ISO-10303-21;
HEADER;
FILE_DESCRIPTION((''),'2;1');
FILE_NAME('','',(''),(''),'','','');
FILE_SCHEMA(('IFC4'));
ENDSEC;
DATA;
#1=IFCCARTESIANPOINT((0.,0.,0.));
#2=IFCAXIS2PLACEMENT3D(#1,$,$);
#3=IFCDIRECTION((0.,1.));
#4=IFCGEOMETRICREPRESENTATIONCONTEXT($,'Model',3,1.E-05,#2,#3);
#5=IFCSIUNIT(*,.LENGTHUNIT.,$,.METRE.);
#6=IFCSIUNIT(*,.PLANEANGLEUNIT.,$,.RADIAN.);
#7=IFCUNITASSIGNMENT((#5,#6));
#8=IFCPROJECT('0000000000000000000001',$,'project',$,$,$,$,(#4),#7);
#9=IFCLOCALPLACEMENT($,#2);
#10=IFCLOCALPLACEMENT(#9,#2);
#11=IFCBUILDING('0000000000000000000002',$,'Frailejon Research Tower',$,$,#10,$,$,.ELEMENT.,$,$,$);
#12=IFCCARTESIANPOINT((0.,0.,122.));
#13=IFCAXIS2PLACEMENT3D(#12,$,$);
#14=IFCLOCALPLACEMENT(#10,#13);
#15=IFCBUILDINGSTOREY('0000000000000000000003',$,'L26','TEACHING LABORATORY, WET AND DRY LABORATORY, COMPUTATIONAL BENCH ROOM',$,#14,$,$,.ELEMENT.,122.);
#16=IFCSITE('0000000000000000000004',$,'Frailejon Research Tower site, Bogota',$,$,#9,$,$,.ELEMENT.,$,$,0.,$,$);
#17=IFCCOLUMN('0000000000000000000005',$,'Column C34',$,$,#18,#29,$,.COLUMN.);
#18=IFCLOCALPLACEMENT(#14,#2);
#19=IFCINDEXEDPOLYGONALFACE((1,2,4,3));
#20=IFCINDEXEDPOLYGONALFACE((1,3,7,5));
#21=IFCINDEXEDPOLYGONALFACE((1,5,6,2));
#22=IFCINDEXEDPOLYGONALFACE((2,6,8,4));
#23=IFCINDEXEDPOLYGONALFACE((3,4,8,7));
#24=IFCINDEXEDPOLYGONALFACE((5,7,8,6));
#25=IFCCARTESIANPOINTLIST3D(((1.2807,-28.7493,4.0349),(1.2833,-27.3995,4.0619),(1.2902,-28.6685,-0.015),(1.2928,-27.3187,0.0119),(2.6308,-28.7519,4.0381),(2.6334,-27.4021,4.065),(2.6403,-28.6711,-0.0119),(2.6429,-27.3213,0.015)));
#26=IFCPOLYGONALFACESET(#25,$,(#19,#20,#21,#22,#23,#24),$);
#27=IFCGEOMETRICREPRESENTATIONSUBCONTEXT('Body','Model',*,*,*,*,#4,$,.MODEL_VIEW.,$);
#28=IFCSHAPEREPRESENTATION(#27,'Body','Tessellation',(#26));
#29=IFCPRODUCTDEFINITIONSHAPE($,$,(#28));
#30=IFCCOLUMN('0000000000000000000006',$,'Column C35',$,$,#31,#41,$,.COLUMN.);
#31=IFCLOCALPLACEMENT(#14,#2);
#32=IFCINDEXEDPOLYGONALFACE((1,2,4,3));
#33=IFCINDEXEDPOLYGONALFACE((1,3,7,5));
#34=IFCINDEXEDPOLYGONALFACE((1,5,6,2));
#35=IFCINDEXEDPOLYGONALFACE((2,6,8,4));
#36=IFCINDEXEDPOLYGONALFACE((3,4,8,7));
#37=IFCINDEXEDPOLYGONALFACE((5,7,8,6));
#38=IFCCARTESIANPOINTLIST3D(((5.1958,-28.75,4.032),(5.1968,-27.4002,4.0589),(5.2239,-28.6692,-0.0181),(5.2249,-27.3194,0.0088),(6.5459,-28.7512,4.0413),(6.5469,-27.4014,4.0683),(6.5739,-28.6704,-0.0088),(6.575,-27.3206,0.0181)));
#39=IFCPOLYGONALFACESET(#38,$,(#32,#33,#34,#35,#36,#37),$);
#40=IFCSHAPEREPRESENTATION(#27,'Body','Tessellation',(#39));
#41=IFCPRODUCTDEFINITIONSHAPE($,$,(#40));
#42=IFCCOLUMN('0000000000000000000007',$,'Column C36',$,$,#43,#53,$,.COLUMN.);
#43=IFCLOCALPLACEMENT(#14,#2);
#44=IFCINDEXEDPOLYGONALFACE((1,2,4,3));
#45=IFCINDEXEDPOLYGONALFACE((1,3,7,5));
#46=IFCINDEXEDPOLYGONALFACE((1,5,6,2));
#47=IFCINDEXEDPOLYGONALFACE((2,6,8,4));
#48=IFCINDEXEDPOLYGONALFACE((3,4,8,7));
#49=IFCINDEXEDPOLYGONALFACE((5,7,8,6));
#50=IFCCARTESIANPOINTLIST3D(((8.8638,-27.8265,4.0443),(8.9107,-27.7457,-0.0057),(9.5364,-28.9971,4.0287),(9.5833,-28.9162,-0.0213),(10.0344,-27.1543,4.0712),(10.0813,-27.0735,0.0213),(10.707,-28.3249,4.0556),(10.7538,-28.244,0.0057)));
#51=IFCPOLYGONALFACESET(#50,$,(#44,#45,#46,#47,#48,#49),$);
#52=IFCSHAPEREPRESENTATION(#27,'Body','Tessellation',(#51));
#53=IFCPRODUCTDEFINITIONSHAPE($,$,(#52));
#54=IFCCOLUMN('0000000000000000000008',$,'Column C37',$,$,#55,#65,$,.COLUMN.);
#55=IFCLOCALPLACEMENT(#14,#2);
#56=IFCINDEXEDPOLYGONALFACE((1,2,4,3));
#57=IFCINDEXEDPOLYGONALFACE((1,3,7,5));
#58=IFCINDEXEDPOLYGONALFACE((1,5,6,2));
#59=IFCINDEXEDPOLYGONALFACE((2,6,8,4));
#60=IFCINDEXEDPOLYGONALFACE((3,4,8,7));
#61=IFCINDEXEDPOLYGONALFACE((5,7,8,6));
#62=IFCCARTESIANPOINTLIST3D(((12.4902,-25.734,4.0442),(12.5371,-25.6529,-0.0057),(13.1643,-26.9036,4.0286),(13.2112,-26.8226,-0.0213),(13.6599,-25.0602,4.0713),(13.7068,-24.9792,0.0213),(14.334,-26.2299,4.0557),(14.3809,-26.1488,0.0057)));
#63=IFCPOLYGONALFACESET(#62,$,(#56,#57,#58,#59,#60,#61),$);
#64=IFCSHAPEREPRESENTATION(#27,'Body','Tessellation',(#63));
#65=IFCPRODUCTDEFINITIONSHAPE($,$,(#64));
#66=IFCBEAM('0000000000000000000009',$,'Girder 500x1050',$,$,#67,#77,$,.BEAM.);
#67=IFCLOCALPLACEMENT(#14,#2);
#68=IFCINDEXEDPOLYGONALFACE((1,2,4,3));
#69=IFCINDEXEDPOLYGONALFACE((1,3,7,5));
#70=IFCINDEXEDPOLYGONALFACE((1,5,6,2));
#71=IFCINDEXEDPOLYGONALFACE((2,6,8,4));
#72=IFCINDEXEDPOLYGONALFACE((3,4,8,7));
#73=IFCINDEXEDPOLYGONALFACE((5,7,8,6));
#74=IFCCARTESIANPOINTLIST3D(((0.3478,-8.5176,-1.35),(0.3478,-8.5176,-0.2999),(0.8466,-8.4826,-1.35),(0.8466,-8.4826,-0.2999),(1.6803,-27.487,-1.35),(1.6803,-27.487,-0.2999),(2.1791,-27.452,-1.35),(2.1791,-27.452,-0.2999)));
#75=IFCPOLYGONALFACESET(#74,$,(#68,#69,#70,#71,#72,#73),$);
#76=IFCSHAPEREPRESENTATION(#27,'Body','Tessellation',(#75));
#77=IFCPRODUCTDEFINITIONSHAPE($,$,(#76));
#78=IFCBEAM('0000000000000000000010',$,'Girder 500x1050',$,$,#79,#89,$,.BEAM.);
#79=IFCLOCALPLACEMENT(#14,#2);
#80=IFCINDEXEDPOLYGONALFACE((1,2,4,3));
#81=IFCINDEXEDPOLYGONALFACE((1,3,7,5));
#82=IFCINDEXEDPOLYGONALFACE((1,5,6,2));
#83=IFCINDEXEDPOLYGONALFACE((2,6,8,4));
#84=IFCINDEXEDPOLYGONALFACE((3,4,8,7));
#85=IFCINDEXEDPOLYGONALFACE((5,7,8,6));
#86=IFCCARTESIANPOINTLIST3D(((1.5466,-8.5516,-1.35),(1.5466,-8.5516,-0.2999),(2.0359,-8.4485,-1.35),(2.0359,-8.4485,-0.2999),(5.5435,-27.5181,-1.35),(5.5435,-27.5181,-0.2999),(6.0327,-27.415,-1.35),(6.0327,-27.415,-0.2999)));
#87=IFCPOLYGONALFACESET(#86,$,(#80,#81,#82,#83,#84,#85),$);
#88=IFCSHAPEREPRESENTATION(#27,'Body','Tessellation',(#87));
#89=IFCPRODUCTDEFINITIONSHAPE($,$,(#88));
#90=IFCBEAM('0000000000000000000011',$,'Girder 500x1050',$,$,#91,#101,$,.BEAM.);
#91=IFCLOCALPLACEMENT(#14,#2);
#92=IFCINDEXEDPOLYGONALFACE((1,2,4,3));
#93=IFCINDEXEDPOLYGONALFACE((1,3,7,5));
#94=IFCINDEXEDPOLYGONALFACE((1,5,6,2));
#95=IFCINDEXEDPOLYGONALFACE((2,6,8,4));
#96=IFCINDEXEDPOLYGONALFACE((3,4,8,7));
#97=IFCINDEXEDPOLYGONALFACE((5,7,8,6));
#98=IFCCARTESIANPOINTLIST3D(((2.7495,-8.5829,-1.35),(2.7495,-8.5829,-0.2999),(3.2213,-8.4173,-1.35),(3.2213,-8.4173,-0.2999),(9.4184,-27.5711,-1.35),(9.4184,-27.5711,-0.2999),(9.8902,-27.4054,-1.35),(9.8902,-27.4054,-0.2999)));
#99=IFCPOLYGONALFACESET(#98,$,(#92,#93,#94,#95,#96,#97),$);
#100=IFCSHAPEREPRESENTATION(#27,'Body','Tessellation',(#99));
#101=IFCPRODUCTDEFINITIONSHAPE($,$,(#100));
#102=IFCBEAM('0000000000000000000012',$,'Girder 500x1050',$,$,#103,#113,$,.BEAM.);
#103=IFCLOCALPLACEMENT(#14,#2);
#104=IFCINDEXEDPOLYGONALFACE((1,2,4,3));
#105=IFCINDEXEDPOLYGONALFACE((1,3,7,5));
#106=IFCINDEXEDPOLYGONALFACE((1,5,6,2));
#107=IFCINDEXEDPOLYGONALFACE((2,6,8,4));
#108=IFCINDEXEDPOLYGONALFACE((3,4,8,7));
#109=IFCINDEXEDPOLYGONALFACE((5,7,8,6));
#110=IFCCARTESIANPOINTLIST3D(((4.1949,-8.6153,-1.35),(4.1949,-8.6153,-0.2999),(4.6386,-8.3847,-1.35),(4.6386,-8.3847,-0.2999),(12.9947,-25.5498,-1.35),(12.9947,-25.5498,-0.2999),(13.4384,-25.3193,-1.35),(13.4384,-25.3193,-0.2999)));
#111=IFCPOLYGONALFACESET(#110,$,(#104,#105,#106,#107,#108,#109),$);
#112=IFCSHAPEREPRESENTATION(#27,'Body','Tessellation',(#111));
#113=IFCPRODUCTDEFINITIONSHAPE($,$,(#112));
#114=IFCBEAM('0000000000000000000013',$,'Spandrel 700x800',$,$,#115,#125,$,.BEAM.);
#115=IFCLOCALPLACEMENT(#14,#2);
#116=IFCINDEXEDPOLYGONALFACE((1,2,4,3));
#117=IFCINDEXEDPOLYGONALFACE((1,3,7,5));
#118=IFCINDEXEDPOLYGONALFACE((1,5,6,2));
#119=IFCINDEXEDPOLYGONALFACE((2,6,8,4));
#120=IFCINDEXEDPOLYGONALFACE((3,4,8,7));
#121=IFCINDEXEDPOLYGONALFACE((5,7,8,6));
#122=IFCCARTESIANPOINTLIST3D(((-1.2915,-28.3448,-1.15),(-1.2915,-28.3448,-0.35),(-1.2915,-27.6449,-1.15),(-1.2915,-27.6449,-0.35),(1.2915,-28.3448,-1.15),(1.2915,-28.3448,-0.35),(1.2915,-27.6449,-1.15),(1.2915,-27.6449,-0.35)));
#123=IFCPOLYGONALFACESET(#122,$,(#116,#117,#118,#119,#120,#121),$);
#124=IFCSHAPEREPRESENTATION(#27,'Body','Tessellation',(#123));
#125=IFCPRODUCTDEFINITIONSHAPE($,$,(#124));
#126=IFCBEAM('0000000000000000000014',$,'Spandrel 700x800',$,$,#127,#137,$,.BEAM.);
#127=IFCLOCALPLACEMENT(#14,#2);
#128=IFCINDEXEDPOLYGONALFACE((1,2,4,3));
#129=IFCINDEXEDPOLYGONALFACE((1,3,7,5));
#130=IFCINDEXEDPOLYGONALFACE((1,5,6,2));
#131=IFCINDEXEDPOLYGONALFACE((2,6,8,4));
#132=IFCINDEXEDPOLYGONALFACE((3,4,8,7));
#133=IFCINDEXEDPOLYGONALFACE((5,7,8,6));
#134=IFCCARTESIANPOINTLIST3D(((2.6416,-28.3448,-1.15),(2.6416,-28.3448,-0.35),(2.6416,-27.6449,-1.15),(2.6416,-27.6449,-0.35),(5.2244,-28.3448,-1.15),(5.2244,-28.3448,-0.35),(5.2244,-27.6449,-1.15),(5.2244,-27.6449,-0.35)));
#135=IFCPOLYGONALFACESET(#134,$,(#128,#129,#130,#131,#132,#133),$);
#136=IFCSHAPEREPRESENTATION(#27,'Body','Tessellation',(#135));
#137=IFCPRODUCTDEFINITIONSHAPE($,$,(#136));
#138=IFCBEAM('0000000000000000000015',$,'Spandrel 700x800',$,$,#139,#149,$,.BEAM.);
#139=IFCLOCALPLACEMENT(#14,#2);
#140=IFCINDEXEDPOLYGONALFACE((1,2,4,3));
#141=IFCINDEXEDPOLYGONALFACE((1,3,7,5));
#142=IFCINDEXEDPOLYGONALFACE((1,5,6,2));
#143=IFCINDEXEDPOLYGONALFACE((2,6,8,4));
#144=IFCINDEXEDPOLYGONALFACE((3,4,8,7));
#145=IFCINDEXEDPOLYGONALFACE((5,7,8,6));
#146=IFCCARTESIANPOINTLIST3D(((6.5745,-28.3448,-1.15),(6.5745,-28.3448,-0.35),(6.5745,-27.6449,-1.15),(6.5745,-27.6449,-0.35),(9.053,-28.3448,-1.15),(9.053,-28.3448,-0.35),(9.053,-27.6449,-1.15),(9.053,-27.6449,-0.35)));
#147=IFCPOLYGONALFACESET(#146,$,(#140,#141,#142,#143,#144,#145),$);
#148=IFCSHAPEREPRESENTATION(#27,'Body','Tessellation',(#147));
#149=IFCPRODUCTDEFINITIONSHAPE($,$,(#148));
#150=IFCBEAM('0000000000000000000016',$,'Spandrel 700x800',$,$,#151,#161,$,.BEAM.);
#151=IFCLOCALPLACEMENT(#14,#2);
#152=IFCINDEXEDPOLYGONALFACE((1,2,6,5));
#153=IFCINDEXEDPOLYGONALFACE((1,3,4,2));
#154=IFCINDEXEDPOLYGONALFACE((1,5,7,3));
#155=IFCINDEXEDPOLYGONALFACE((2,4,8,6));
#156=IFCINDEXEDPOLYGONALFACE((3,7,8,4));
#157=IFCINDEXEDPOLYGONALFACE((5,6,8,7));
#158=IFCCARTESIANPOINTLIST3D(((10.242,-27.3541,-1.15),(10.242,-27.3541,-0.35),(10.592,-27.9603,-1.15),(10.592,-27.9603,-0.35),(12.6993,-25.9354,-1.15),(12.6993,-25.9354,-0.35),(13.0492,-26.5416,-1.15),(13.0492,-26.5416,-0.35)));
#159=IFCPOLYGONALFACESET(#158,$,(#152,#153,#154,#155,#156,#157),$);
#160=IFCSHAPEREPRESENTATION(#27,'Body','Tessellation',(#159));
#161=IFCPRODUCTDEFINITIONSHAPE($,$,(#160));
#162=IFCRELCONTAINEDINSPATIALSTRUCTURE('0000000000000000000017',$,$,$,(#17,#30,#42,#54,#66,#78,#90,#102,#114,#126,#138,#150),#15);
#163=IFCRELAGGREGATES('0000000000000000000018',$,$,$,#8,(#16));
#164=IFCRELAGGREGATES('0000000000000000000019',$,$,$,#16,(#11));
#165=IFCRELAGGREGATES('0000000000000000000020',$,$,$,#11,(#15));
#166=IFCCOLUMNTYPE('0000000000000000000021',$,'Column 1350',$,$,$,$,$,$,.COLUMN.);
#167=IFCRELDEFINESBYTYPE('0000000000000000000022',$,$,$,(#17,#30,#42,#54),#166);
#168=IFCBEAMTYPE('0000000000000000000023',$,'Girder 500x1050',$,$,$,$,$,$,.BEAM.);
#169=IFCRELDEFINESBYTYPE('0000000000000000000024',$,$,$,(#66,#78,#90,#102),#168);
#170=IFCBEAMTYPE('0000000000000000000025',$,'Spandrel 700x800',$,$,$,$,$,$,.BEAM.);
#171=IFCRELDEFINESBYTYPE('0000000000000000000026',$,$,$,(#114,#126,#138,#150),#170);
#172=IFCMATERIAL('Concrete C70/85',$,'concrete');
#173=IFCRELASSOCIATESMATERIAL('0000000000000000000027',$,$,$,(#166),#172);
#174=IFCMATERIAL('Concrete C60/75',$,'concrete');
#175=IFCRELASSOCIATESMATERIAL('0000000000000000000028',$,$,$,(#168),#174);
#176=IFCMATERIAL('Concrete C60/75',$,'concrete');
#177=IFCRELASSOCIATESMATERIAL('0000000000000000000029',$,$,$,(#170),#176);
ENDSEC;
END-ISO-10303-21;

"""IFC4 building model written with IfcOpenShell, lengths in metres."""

from ifc_helpers import new_model, si_unit, direction, frame, origin, origin_2d, place, context, subcontext, project, spatial, rectangle, extrude, material, material_profile, profile_set, type_object, element, save


model = new_model("IFC4")

# Units and contexts
model_context = context("Model", 3, precision=1e-05, world=origin(), true_north=direction((0.0, 1.0)))
body_context = subcontext(model_context, "Body", "Model", "MODEL_VIEW")
ifc_project = project(units=[si_unit("LENGTHUNIT", "METRE"), si_unit("PLANEANGLEUNIT", "RADIAN")], contexts=[model_context])

# Site, building, storey
site_placement = place(None, origin())
site = spatial("IfcSite", under=ifc_project, at=site_placement, Name="Frailejon Research Tower site, Bogota", CompositionType="ELEMENT", RefElevation=0.0)
building_placement = place(site_placement, origin())
building = spatial("IfcBuilding", under=site, at=building_placement, Name="Frailejon Research Tower", CompositionType="ELEMENT")
storey_placement = place(building_placement, frame((0.0, 0.0, 122.0)))
storey = spatial("IfcBuildingStorey", under=building, at=storey_placement, Name="L26", Description="TEACHING LABORATORY, WET AND DRY LABORATORY, COMPUTATIONAL BENCH ROOM", CompositionType="ELEMENT", Elevation=122.0)

# Columns
ifc_material_1 = material(Name="Concrete C70/85", Category="concrete")
ifc_material_profile_1 = material_profile(ifc_material_1, rectangle(XDim=1.3501, YDim=1.3501, at=origin_2d()), Name="Column 1350")
ifc_profile_set_1 = profile_set([ifc_material_profile_1], Name="Concrete C70/85")
column_type = type_object("IfcColumnType", Name="Column 1350", PredefinedType="COLUMN", material=ifc_profile_set_1)
column_placement = place(storey_placement, frame((1.9666, -27.9949, 0.0), z_axis=(-0.00235, -0.019949, 0.999798), x_axis=(0.999995, -0.001936, 0.002312)))
element("IfcColumn", 1, at=column_placement, inside=storey, type_object=column_type, Name="Column C34", PredefinedType="COLUMN", context=body_context, shape_type="SweptSolid", body=[
    extrude(rectangle(XDim=1.3501, YDim=1.3501, at=origin_2d()), origin(), (0.0, 0.0, 1.0), 4.0508),
])
for number, where, z_axis, x_axis, name in (
    (2, (5.8994, -27.9949, 0.0), (-0.006931, -0.019949, 0.999777), (0.999976, -0.000889, 0.006914), "Column C35"),
    (3, (9.8323, -27.9949, 0.0), (-0.011571, -0.019948, 0.999734), (0.867009, 0.497892, 0.019969), "Column C36"),
    (4, (13.459, -25.9009, 0.0), (-0.011571, -0.020008, 0.999733), (0.866357, 0.499025, 0.020014), "Column C37"),
):
    element("IfcColumn", number, at=place(storey_placement, frame(where, z_axis=z_axis, x_axis=x_axis)), inside=storey, type_object=column_type, Name=name, PredefinedType="COLUMN", context=body_context, shape_type="SweptSolid", body=[
        extrude(rectangle(XDim=1.3501, YDim=1.3501, at=origin_2d()), origin(), (0.0, 0.0, 1.0), 4.051),
    ])

# Beams
ifc_material_2 = material(Name="Concrete C60/75", Category="concrete")
ifc_material_profile_2 = material_profile(ifc_material_2, rectangle(XDim=0.5, YDim=1.05, at=origin_2d()), Name="Girder 500x1050")
ifc_profile_set_2 = profile_set([ifc_material_profile_2], Name="Concrete C60/75")
beam_type_1 = type_object("IfcBeamType", Name="Girder 500x1050", PredefinedType="BEAM", material=ifc_profile_set_2)
beam_1_placement = place(storey_placement, frame((1.9297, -27.4695, -0.825), z_axis=(-0.070073, 0.997542, 0.0), x_axis=(-0.997542, -0.070073, 0.0)))
element("IfcBeam", 5, at=beam_1_placement, inside=storey, type_object=beam_type_1, Name="Girder 500x1050", PredefinedType="BEAM", context=body_context, shape_type="SweptSolid", body=[
    extrude(rectangle(XDim=0.5, YDim=1.05, at=origin_2d()), origin(), (0.0, 0.0, 1.0), 19.0161),
])
beam_2_placement = place(storey_placement, frame((5.7881, -27.4666, -0.825), z_axis=(-0.206202, 0.97851, 0.0), x_axis=(-0.97851, -0.206202, 0.0)))
element("IfcBeam", 6, at=beam_2_placement, inside=storey, type_object=beam_type_1, Name="Girder 500x1050", PredefinedType="BEAM", context=body_context, shape_type="SweptSolid", body=[
    extrude(rectangle(XDim=0.5, YDim=1.05, at=origin_2d()), origin(), (0.0, 0.0, 1.0), 19.3831),
])
beam_3_placement = place(storey_placement, frame((9.6543, -27.4883, -0.825), z_axis=(-0.33137, 0.943501, 0.0), x_axis=(-0.943501, -0.33137, 0.0)))
element("IfcBeam", 7, at=beam_3_placement, inside=storey, type_object=beam_type_1, Name="Girder 500x1050", PredefinedType="BEAM", context=body_context, shape_type="SweptSolid", body=[
    extrude(rectangle(XDim=0.5, YDim=1.05, at=origin_2d()), origin(), (0.0, 0.0, 1.0), 20.1252),
])
beam_4_placement = place(storey_placement, frame((13.2166, -25.4346, -0.825), z_axis=(-0.461098, 0.887349, 0.0), x_axis=(-0.887349, -0.461098, 0.0)))
element("IfcBeam", 8, at=beam_4_placement, inside=storey, type_object=beam_type_1, Name="Girder 500x1050", PredefinedType="BEAM", context=body_context, shape_type="SweptSolid", body=[
    extrude(rectangle(XDim=0.5, YDim=1.05, at=origin_2d()), origin(), (0.0, 0.0, 1.0), 19.0845),
])
ifc_material_3 = material(Name="Concrete C60/75", Category="concrete")
ifc_material_profile_3 = material_profile(ifc_material_3, rectangle(XDim=0.7, YDim=0.8, at=origin_2d()), Name="Spandrel 700x800")
ifc_profile_set_3 = profile_set([ifc_material_profile_3], Name="Concrete C60/75")
beam_type_2 = type_object("IfcBeamType", Name="Spandrel 700x800", PredefinedType="BEAM", material=ifc_profile_set_3)
beam_5_placement = place(storey_placement, frame((-1.2915, -27.9949, -0.75), z_axis=(1.0, 0.0, 0.0), x_axis=(0.0, 1.0, 0.0)))
element("IfcBeam", 9, at=beam_5_placement, inside=storey, type_object=beam_type_2, Name="Spandrel 700x800", PredefinedType="BEAM", context=body_context, shape_type="SweptSolid", body=[
    extrude(rectangle(XDim=0.7, YDim=0.8, at=origin_2d()), origin(), (0.0, 0.0, 1.0), 2.583),
])
beam_6_placement = place(storey_placement, frame((2.6416, -27.9949, -0.75), z_axis=(1.0, 0.0, 0.0), x_axis=(0.0, 1.0, 0.0)))
element("IfcBeam", 10, at=beam_6_placement, inside=storey, type_object=beam_type_2, Name="Spandrel 700x800", PredefinedType="BEAM", context=body_context, shape_type="SweptSolid", body=[
    extrude(rectangle(XDim=0.7, YDim=0.8, at=origin_2d()), origin(), (0.0, 0.0, 1.0), 2.5828),
])
beam_7_placement = place(storey_placement, frame((6.5745, -27.9949, -0.75), z_axis=(1.0, 0.0, 0.0), x_axis=(0.0, 1.0, 0.0)))
element("IfcBeam", 11, at=beam_7_placement, inside=storey, type_object=beam_type_2, Name="Spandrel 700x800", PredefinedType="BEAM", context=body_context, shape_type="SweptSolid", body=[
    extrude(rectangle(XDim=0.7, YDim=0.8, at=origin_2d()), origin(), (0.0, 0.0, 1.0), 2.4785),
])
beam_8_placement = place(storey_placement, frame((10.417, -27.6572, -0.75), z_axis=(0.866027, 0.499998, 0.0), x_axis=(-0.499998, 0.866027, 0.0)))
element("IfcBeam", 12, at=beam_8_placement, inside=storey, type_object=beam_type_2, Name="Spandrel 700x800", PredefinedType="BEAM", context=body_context, shape_type="SweptSolid", body=[
    extrude(rectangle(XDim=0.7, YDim=0.8, at=origin_2d()), origin(), (0.0, 0.0, 1.0), 2.8374),
])

save(model, "model.ifc")
